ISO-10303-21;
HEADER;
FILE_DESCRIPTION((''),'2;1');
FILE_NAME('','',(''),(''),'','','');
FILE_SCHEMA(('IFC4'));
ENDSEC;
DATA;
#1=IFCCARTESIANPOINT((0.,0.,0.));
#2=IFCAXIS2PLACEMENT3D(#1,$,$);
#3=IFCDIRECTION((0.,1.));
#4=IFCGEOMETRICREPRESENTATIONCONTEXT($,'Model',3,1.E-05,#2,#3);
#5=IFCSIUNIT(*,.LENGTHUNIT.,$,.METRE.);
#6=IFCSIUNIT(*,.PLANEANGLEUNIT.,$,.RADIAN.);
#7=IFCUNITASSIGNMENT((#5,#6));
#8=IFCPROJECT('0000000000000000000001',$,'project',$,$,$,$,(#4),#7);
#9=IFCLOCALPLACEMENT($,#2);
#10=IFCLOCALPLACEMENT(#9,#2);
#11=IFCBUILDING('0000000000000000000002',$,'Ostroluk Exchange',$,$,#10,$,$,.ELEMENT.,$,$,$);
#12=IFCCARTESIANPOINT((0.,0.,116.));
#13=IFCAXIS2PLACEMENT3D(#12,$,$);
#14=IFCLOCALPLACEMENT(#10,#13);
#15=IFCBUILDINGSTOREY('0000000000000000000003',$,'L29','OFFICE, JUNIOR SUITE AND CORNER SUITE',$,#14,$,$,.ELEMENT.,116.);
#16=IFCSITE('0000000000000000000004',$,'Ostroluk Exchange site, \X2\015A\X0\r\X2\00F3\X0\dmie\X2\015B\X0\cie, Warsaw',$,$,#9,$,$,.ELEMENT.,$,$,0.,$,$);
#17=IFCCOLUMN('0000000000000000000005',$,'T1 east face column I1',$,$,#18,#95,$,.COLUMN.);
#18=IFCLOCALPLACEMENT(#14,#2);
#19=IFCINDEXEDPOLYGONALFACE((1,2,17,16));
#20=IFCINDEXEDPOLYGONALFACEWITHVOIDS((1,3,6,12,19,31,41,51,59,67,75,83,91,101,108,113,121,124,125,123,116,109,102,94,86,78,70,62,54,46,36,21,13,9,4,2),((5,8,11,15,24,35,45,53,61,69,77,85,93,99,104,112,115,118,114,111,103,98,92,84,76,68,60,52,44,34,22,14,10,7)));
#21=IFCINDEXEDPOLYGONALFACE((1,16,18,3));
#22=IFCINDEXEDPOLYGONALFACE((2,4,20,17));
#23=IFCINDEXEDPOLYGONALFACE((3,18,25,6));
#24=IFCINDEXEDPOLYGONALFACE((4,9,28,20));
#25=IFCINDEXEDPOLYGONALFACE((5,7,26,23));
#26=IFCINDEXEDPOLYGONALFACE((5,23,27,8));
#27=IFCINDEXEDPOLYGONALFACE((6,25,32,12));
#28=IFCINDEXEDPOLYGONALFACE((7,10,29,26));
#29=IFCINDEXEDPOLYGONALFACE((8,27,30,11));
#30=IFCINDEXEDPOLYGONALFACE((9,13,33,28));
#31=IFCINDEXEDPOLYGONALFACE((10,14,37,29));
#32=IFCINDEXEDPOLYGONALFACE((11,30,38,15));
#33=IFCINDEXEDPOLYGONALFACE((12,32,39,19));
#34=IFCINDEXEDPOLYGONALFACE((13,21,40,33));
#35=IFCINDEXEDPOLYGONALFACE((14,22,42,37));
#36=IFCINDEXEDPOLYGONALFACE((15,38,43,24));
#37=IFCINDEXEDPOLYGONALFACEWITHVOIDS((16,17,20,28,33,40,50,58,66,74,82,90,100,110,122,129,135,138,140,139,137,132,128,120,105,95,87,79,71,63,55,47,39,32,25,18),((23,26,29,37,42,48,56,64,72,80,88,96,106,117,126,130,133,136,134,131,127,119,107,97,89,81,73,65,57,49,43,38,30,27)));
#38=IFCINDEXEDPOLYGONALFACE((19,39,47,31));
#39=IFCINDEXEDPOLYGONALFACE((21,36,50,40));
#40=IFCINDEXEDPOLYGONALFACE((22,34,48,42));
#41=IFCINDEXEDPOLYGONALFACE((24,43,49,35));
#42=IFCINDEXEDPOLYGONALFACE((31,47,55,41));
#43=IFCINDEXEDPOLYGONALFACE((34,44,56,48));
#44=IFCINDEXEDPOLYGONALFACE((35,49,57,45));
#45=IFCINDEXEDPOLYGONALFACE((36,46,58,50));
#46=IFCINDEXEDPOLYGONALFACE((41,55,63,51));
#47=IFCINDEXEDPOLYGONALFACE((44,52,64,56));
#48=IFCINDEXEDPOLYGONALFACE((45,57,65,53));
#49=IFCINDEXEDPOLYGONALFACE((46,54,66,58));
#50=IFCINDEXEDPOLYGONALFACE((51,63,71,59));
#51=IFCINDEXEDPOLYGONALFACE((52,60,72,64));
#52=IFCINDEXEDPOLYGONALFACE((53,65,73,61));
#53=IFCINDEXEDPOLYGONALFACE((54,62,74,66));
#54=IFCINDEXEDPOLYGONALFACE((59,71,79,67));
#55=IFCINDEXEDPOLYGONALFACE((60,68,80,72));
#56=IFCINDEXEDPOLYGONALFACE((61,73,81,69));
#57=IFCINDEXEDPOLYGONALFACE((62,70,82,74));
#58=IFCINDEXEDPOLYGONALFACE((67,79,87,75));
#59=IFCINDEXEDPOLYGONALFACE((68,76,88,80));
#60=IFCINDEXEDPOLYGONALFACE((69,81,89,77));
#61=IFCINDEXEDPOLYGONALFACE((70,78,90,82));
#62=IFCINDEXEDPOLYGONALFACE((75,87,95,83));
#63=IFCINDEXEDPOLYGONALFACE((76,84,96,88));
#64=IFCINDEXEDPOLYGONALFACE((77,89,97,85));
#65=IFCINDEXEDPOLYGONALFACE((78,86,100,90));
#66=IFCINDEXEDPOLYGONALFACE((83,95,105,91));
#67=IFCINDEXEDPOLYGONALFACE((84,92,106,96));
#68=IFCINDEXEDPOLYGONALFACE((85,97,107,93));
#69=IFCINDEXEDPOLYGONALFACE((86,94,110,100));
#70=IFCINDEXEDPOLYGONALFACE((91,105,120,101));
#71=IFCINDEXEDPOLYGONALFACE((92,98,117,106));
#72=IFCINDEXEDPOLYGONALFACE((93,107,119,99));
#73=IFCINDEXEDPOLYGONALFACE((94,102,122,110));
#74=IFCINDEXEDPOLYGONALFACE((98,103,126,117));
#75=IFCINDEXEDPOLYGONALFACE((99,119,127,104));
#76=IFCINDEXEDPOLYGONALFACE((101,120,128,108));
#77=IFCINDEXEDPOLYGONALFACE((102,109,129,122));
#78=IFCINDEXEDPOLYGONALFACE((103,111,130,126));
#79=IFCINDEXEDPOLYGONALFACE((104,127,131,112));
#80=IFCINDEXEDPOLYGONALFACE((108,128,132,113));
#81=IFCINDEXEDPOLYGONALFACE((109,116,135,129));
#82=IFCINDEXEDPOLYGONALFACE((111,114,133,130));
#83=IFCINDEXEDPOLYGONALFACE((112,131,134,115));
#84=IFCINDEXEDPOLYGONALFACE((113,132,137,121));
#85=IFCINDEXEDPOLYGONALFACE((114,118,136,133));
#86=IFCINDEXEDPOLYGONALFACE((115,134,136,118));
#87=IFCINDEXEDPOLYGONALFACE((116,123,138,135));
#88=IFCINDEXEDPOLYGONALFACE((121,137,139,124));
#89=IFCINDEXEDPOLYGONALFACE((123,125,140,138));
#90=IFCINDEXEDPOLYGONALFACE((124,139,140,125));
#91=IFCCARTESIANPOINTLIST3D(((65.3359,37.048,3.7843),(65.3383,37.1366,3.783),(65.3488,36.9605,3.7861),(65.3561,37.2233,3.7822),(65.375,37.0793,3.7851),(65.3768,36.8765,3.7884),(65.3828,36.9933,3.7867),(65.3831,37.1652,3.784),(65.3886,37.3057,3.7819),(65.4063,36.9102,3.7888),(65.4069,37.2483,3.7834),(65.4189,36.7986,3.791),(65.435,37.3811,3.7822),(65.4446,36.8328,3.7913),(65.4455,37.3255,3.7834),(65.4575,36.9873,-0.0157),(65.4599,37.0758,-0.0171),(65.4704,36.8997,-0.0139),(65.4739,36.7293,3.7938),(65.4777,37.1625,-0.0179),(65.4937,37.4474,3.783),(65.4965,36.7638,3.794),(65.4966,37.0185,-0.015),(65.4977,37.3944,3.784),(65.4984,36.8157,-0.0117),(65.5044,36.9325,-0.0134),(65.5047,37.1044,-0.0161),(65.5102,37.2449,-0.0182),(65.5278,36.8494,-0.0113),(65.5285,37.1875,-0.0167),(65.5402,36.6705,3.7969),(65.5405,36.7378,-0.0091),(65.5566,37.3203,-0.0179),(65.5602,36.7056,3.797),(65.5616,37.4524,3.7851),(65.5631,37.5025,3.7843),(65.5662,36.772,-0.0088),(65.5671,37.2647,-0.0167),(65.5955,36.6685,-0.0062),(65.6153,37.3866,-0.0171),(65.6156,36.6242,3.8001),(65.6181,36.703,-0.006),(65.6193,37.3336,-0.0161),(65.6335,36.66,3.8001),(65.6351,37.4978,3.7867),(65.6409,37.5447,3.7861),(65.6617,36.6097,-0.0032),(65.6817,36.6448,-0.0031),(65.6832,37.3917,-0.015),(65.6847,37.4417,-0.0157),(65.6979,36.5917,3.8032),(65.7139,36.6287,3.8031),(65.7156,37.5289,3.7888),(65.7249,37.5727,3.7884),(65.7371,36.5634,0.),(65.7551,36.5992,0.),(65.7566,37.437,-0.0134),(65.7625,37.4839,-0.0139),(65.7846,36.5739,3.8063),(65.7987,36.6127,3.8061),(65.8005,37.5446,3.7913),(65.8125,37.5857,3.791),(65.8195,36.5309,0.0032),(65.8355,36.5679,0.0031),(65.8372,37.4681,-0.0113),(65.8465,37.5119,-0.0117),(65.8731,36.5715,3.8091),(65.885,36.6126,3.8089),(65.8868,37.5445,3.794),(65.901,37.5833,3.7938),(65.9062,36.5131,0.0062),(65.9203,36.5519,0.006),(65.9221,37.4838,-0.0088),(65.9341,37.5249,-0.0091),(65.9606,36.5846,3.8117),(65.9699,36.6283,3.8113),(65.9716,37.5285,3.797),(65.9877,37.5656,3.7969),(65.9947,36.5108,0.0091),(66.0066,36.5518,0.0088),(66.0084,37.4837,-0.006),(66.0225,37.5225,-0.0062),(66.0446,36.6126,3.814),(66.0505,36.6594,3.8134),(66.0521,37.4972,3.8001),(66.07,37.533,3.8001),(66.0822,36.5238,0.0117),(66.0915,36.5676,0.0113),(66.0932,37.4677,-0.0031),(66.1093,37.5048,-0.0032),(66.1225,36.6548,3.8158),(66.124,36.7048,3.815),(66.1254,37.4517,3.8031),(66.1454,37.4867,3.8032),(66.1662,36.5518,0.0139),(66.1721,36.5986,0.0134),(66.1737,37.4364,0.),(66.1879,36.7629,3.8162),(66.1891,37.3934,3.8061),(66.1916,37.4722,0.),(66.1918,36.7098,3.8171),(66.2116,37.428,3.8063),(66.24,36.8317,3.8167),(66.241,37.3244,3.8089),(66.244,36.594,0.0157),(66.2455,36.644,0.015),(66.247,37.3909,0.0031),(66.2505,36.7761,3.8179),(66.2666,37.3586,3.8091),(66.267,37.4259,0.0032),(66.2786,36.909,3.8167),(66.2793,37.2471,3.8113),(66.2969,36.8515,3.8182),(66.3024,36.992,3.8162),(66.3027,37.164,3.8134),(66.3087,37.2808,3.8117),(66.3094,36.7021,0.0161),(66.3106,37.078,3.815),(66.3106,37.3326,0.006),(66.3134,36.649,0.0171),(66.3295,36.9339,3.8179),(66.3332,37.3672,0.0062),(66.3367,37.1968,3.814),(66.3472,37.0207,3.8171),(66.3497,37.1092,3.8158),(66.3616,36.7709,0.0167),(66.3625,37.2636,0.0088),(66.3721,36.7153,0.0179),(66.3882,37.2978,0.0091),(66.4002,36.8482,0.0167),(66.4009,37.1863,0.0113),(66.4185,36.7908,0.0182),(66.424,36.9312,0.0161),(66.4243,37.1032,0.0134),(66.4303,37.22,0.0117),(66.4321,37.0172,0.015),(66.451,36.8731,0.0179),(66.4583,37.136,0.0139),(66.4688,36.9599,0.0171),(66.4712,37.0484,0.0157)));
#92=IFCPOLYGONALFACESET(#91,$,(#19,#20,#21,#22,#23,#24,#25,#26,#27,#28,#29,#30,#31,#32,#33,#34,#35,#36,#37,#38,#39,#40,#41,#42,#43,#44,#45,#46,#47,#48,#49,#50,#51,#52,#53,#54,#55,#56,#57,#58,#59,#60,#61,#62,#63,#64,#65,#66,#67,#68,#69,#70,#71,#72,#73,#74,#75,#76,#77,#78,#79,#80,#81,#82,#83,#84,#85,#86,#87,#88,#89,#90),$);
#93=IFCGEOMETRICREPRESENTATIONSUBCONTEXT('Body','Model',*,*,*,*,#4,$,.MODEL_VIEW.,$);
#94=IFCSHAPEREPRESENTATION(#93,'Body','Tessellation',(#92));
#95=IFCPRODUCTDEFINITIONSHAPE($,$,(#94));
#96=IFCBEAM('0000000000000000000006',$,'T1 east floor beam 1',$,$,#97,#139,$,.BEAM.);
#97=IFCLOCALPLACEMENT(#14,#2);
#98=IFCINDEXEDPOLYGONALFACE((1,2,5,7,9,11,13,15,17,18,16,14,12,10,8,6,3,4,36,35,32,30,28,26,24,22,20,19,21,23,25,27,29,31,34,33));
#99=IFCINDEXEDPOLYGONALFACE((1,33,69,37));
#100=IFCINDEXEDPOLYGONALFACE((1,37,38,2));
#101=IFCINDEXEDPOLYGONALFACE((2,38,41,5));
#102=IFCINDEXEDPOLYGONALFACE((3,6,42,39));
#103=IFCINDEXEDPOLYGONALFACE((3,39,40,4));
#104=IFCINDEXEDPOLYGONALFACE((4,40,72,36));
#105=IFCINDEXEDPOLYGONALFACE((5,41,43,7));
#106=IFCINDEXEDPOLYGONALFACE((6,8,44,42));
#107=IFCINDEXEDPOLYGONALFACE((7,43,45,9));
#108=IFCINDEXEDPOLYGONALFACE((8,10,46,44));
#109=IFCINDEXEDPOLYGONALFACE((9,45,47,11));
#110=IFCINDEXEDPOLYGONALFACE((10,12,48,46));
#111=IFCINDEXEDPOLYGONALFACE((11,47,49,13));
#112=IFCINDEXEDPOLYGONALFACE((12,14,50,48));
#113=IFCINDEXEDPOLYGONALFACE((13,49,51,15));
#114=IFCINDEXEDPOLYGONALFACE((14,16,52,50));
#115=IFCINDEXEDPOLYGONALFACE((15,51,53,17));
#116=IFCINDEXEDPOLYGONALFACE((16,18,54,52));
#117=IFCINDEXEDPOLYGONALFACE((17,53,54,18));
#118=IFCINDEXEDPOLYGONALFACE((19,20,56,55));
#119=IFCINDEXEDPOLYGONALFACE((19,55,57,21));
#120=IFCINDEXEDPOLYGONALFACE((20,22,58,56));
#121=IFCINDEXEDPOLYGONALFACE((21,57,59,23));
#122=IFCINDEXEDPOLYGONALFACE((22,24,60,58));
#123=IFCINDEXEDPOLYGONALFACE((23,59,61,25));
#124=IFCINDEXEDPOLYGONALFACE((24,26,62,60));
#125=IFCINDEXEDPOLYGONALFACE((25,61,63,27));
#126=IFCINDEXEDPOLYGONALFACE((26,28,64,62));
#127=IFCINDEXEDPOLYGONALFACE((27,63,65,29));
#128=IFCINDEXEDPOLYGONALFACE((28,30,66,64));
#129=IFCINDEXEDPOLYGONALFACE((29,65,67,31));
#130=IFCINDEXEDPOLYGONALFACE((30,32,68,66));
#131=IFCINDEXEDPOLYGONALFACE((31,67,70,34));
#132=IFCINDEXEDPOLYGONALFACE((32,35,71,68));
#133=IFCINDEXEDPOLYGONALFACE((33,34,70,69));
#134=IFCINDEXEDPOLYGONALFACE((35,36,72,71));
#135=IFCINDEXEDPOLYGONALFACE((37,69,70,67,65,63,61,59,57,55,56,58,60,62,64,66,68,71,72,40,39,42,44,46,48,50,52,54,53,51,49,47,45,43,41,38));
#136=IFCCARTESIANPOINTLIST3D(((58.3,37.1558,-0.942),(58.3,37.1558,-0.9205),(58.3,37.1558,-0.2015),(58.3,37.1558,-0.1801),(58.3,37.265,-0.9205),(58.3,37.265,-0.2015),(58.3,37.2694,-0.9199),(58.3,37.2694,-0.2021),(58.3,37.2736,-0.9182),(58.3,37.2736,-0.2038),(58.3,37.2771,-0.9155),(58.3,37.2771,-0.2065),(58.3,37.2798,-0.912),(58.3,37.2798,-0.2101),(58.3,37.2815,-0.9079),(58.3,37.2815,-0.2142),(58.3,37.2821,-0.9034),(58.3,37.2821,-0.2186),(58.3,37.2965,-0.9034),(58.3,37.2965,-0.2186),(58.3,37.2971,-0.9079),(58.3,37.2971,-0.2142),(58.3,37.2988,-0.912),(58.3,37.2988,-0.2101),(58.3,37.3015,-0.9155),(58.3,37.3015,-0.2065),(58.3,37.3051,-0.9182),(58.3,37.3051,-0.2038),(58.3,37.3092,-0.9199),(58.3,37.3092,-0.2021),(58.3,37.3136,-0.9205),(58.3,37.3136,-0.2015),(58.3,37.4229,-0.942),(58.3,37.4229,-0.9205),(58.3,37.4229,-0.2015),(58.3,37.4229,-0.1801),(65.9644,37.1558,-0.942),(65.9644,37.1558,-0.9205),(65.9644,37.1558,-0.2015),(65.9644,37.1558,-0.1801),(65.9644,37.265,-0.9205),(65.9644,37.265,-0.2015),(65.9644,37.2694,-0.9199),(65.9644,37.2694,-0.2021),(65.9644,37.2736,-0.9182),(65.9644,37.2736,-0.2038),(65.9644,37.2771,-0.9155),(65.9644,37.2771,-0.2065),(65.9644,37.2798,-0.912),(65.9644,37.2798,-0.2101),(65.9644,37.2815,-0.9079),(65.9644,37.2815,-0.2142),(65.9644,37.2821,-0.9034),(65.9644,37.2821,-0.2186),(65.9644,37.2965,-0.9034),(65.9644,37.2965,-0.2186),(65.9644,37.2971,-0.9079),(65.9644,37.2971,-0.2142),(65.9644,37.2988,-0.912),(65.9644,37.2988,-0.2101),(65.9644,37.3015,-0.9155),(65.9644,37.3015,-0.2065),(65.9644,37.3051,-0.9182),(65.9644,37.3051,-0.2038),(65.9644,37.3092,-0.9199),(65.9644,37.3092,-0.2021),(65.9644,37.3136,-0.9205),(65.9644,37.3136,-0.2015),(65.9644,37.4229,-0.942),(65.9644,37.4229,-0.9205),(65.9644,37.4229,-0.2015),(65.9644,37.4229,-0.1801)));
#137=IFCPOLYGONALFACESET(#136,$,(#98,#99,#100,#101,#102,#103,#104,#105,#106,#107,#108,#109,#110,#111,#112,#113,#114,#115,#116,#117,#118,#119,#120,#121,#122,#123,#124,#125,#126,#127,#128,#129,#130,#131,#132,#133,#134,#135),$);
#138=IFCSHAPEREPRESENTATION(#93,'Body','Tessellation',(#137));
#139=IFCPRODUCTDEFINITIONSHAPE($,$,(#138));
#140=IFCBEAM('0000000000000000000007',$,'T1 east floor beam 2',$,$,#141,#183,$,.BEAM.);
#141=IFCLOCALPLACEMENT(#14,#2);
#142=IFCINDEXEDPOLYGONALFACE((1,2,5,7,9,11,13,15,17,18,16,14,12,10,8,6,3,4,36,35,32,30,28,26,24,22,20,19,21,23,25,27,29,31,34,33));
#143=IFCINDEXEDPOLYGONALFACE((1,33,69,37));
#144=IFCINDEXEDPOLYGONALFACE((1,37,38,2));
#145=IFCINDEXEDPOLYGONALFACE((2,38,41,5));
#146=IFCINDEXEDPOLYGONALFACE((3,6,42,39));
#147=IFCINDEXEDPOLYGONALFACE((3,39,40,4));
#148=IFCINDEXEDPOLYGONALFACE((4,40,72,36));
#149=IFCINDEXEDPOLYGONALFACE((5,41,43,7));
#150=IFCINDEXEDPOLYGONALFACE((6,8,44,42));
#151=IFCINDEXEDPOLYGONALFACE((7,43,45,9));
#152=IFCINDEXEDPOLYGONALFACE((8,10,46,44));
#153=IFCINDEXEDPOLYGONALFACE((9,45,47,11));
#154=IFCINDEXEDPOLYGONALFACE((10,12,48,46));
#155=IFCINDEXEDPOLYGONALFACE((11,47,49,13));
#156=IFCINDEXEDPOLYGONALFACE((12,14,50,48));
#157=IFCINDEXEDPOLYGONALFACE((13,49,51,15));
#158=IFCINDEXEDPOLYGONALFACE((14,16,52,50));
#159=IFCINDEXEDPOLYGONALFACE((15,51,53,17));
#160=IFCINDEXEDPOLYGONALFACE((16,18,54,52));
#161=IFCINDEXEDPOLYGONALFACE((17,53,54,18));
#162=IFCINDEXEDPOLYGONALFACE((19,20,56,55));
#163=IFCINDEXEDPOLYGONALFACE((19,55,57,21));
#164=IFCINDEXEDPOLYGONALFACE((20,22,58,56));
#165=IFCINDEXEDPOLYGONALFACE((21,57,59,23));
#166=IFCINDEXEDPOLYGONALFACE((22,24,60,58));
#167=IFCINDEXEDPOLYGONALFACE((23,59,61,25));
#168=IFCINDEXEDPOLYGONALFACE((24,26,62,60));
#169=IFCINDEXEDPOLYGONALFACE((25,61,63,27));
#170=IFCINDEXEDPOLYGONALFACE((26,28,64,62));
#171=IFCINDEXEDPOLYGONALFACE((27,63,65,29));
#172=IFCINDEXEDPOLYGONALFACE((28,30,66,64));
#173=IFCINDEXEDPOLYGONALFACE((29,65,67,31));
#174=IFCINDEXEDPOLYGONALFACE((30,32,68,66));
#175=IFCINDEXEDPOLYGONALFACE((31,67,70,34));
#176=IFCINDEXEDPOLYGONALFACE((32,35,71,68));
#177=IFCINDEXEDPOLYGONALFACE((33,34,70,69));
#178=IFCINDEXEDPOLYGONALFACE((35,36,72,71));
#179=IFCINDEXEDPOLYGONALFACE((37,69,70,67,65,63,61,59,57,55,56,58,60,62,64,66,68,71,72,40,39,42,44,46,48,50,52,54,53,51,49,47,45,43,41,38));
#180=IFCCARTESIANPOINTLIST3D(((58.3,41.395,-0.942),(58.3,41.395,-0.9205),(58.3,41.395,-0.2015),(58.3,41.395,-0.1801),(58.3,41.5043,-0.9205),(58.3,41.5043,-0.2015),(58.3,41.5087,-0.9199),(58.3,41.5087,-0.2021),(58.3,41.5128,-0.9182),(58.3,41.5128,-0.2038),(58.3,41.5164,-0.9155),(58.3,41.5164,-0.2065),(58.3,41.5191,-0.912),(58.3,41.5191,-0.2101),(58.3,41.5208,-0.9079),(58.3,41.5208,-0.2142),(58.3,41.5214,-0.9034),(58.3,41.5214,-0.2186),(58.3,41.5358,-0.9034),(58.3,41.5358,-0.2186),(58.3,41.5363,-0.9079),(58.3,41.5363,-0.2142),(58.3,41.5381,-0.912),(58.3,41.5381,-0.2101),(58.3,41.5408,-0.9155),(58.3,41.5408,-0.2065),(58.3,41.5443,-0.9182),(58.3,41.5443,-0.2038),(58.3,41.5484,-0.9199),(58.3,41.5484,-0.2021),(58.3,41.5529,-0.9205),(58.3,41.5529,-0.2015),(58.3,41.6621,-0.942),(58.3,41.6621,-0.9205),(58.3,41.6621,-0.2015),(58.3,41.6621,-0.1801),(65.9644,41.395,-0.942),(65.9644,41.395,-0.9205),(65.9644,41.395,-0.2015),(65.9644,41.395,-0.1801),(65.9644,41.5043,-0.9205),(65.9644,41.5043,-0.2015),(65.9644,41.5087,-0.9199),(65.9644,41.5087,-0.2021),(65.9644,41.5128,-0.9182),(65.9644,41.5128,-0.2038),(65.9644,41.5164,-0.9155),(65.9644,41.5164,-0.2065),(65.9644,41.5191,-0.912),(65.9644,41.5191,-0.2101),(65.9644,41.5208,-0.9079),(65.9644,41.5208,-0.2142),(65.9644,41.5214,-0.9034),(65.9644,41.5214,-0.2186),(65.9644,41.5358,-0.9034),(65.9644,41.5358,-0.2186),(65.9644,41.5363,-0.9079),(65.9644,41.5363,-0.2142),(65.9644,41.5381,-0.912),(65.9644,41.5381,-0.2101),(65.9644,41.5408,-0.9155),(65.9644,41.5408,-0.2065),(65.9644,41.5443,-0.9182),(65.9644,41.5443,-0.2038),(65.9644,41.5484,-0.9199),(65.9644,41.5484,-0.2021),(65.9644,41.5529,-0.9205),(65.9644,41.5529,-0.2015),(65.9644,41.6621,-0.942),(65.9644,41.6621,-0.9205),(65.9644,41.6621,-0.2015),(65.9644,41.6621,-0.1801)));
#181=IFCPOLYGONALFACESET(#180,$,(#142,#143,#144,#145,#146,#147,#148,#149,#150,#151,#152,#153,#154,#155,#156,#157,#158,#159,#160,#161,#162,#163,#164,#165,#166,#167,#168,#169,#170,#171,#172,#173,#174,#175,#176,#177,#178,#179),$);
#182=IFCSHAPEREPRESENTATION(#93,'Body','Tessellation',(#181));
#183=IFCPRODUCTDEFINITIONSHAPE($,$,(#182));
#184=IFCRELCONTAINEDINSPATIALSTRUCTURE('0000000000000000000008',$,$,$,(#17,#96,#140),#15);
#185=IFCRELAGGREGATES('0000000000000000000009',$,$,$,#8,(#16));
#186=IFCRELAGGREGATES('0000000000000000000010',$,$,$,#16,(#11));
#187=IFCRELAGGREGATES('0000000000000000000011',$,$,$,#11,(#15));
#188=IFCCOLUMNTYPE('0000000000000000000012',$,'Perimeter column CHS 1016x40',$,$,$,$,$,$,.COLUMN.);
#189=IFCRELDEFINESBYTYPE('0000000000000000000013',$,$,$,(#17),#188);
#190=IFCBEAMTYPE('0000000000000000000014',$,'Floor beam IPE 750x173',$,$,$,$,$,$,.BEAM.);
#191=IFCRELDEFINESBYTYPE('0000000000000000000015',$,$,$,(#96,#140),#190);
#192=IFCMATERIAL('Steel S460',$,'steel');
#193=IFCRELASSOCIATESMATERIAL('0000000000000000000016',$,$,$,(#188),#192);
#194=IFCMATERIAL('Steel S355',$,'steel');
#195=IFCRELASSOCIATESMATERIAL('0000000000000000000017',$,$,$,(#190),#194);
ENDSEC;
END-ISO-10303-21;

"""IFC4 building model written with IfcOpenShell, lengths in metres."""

from ifc_helpers import new_model, si_unit, direction, frame, origin, origin_2d, place, context, subcontext, project, spatial, hollow_circle, i_section, extrude, material, material_profile, profile_set, type_object, element, save


model = new_model("IFC4")

# Units and contexts
model_context = context("Model", 3, precision=1e-05, world=origin(), true_north=direction((0.0, 1.0)))
body_context = subcontext(model_context, "Body", "Model", "MODEL_VIEW")
ifc_project = project(units=[si_unit("LENGTHUNIT", "METRE"), si_unit("PLANEANGLEUNIT", "RADIAN")], contexts=[model_context])

# Site, building, storey
site_placement = place(None, origin())
site = spatial("IfcSite", under=ifc_project, at=site_placement, Name="Ostroluk Exchange site, Śródmieście, Warsaw", CompositionType="ELEMENT", RefElevation=0.0)
building_placement = place(site_placement, origin())
building = spatial("IfcBuilding", under=site, at=building_placement, Name="Ostroluk Exchange", CompositionType="ELEMENT")
storey_placement = place(building_placement, frame((0.0, 0.0, 116.0)))
storey = spatial("IfcBuildingStorey", under=building, at=storey_placement, Name="L29", Description="OFFICE, JUNIOR SUITE AND CORNER SUITE", CompositionType="ELEMENT", Elevation=116.0)

# Column
ifc_material_1 = material(Name="Steel S460", Category="steel")
ifc_material_profile_1 = material_profile(ifc_material_1, hollow_circle(Radius=0.5081, WallThickness=0.04, at=origin_2d()), Name="CHS 1016x40")
ifc_profile_set_1 = profile_set([ifc_material_profile_1], Name="Steel S460")
column_type = type_object("IfcColumnType", Name="Perimeter column CHS 1016x40", PredefinedType="COLUMN", material=ifc_profile_set_1)
column_placement = place(storey_placement, frame((65.9644, 37.0178, 0.0), z_axis=(-0.031974, 0.015987, 0.999361), x_axis=(-0.447214, -0.894427, 0.0)))
element("IfcColumn", 1, at=column_placement, inside=storey, type_object=column_type, Name="T1 east face column I1", PredefinedType="COLUMN", context=body_context, shape_type="SweptSolid", body=[
    extrude(hollow_circle(Radius=0.5081, WallThickness=0.04, at=origin_2d()), origin(), (0.0, 0.0, 1.0), 3.8025),
])

# Beams
ifc_material_2 = material(Name="Steel S355", Category="steel")
ifc_material_profile_2 = material_profile(ifc_material_2, i_section(OverallWidth=0.2671, OverallDepth=0.762, WebThickness=0.0144, FlangeThickness=0.0215, FilletRadius=0.0171, at=origin_2d()), Name="IPE 750x173")
ifc_profile_set_2 = profile_set([ifc_material_profile_2], Name="Steel S355")
beam_type_1 = type_object("IfcBeamType", Name="Floor beam IPE 750x173", PredefinedType="BEAM", material=ifc_profile_set_2)
for number, where, z_axis, x_axis, name in (
    (2, (58.3, 37.2893, -0.561), (1.0, 0.0, 0.0), (0.0, 1.0, 0.0), "T1 east floor beam 1"),
    (3, (58.3, 41.5286, -0.561), (1.0, 0.0, 0.0), (0.0, 1.0, 0.0), "T1 east floor beam 2"),
):
    element("IfcBeam", number, at=place(storey_placement, frame(where, z_axis=z_axis, x_axis=x_axis)), inside=storey, type_object=beam_type_1, Name=name, PredefinedType="BEAM", context=body_context, shape_type="SweptSolid", body=[
        extrude(i_section(OverallWidth=0.2671, OverallDepth=0.762, WebThickness=0.0144, FlangeThickness=0.0215, FilletRadius=0.0171, at=origin_2d()), origin(), (0.0, 0.0, 1.0), 7.6643),
    ])

save(model, "model.ifc")
